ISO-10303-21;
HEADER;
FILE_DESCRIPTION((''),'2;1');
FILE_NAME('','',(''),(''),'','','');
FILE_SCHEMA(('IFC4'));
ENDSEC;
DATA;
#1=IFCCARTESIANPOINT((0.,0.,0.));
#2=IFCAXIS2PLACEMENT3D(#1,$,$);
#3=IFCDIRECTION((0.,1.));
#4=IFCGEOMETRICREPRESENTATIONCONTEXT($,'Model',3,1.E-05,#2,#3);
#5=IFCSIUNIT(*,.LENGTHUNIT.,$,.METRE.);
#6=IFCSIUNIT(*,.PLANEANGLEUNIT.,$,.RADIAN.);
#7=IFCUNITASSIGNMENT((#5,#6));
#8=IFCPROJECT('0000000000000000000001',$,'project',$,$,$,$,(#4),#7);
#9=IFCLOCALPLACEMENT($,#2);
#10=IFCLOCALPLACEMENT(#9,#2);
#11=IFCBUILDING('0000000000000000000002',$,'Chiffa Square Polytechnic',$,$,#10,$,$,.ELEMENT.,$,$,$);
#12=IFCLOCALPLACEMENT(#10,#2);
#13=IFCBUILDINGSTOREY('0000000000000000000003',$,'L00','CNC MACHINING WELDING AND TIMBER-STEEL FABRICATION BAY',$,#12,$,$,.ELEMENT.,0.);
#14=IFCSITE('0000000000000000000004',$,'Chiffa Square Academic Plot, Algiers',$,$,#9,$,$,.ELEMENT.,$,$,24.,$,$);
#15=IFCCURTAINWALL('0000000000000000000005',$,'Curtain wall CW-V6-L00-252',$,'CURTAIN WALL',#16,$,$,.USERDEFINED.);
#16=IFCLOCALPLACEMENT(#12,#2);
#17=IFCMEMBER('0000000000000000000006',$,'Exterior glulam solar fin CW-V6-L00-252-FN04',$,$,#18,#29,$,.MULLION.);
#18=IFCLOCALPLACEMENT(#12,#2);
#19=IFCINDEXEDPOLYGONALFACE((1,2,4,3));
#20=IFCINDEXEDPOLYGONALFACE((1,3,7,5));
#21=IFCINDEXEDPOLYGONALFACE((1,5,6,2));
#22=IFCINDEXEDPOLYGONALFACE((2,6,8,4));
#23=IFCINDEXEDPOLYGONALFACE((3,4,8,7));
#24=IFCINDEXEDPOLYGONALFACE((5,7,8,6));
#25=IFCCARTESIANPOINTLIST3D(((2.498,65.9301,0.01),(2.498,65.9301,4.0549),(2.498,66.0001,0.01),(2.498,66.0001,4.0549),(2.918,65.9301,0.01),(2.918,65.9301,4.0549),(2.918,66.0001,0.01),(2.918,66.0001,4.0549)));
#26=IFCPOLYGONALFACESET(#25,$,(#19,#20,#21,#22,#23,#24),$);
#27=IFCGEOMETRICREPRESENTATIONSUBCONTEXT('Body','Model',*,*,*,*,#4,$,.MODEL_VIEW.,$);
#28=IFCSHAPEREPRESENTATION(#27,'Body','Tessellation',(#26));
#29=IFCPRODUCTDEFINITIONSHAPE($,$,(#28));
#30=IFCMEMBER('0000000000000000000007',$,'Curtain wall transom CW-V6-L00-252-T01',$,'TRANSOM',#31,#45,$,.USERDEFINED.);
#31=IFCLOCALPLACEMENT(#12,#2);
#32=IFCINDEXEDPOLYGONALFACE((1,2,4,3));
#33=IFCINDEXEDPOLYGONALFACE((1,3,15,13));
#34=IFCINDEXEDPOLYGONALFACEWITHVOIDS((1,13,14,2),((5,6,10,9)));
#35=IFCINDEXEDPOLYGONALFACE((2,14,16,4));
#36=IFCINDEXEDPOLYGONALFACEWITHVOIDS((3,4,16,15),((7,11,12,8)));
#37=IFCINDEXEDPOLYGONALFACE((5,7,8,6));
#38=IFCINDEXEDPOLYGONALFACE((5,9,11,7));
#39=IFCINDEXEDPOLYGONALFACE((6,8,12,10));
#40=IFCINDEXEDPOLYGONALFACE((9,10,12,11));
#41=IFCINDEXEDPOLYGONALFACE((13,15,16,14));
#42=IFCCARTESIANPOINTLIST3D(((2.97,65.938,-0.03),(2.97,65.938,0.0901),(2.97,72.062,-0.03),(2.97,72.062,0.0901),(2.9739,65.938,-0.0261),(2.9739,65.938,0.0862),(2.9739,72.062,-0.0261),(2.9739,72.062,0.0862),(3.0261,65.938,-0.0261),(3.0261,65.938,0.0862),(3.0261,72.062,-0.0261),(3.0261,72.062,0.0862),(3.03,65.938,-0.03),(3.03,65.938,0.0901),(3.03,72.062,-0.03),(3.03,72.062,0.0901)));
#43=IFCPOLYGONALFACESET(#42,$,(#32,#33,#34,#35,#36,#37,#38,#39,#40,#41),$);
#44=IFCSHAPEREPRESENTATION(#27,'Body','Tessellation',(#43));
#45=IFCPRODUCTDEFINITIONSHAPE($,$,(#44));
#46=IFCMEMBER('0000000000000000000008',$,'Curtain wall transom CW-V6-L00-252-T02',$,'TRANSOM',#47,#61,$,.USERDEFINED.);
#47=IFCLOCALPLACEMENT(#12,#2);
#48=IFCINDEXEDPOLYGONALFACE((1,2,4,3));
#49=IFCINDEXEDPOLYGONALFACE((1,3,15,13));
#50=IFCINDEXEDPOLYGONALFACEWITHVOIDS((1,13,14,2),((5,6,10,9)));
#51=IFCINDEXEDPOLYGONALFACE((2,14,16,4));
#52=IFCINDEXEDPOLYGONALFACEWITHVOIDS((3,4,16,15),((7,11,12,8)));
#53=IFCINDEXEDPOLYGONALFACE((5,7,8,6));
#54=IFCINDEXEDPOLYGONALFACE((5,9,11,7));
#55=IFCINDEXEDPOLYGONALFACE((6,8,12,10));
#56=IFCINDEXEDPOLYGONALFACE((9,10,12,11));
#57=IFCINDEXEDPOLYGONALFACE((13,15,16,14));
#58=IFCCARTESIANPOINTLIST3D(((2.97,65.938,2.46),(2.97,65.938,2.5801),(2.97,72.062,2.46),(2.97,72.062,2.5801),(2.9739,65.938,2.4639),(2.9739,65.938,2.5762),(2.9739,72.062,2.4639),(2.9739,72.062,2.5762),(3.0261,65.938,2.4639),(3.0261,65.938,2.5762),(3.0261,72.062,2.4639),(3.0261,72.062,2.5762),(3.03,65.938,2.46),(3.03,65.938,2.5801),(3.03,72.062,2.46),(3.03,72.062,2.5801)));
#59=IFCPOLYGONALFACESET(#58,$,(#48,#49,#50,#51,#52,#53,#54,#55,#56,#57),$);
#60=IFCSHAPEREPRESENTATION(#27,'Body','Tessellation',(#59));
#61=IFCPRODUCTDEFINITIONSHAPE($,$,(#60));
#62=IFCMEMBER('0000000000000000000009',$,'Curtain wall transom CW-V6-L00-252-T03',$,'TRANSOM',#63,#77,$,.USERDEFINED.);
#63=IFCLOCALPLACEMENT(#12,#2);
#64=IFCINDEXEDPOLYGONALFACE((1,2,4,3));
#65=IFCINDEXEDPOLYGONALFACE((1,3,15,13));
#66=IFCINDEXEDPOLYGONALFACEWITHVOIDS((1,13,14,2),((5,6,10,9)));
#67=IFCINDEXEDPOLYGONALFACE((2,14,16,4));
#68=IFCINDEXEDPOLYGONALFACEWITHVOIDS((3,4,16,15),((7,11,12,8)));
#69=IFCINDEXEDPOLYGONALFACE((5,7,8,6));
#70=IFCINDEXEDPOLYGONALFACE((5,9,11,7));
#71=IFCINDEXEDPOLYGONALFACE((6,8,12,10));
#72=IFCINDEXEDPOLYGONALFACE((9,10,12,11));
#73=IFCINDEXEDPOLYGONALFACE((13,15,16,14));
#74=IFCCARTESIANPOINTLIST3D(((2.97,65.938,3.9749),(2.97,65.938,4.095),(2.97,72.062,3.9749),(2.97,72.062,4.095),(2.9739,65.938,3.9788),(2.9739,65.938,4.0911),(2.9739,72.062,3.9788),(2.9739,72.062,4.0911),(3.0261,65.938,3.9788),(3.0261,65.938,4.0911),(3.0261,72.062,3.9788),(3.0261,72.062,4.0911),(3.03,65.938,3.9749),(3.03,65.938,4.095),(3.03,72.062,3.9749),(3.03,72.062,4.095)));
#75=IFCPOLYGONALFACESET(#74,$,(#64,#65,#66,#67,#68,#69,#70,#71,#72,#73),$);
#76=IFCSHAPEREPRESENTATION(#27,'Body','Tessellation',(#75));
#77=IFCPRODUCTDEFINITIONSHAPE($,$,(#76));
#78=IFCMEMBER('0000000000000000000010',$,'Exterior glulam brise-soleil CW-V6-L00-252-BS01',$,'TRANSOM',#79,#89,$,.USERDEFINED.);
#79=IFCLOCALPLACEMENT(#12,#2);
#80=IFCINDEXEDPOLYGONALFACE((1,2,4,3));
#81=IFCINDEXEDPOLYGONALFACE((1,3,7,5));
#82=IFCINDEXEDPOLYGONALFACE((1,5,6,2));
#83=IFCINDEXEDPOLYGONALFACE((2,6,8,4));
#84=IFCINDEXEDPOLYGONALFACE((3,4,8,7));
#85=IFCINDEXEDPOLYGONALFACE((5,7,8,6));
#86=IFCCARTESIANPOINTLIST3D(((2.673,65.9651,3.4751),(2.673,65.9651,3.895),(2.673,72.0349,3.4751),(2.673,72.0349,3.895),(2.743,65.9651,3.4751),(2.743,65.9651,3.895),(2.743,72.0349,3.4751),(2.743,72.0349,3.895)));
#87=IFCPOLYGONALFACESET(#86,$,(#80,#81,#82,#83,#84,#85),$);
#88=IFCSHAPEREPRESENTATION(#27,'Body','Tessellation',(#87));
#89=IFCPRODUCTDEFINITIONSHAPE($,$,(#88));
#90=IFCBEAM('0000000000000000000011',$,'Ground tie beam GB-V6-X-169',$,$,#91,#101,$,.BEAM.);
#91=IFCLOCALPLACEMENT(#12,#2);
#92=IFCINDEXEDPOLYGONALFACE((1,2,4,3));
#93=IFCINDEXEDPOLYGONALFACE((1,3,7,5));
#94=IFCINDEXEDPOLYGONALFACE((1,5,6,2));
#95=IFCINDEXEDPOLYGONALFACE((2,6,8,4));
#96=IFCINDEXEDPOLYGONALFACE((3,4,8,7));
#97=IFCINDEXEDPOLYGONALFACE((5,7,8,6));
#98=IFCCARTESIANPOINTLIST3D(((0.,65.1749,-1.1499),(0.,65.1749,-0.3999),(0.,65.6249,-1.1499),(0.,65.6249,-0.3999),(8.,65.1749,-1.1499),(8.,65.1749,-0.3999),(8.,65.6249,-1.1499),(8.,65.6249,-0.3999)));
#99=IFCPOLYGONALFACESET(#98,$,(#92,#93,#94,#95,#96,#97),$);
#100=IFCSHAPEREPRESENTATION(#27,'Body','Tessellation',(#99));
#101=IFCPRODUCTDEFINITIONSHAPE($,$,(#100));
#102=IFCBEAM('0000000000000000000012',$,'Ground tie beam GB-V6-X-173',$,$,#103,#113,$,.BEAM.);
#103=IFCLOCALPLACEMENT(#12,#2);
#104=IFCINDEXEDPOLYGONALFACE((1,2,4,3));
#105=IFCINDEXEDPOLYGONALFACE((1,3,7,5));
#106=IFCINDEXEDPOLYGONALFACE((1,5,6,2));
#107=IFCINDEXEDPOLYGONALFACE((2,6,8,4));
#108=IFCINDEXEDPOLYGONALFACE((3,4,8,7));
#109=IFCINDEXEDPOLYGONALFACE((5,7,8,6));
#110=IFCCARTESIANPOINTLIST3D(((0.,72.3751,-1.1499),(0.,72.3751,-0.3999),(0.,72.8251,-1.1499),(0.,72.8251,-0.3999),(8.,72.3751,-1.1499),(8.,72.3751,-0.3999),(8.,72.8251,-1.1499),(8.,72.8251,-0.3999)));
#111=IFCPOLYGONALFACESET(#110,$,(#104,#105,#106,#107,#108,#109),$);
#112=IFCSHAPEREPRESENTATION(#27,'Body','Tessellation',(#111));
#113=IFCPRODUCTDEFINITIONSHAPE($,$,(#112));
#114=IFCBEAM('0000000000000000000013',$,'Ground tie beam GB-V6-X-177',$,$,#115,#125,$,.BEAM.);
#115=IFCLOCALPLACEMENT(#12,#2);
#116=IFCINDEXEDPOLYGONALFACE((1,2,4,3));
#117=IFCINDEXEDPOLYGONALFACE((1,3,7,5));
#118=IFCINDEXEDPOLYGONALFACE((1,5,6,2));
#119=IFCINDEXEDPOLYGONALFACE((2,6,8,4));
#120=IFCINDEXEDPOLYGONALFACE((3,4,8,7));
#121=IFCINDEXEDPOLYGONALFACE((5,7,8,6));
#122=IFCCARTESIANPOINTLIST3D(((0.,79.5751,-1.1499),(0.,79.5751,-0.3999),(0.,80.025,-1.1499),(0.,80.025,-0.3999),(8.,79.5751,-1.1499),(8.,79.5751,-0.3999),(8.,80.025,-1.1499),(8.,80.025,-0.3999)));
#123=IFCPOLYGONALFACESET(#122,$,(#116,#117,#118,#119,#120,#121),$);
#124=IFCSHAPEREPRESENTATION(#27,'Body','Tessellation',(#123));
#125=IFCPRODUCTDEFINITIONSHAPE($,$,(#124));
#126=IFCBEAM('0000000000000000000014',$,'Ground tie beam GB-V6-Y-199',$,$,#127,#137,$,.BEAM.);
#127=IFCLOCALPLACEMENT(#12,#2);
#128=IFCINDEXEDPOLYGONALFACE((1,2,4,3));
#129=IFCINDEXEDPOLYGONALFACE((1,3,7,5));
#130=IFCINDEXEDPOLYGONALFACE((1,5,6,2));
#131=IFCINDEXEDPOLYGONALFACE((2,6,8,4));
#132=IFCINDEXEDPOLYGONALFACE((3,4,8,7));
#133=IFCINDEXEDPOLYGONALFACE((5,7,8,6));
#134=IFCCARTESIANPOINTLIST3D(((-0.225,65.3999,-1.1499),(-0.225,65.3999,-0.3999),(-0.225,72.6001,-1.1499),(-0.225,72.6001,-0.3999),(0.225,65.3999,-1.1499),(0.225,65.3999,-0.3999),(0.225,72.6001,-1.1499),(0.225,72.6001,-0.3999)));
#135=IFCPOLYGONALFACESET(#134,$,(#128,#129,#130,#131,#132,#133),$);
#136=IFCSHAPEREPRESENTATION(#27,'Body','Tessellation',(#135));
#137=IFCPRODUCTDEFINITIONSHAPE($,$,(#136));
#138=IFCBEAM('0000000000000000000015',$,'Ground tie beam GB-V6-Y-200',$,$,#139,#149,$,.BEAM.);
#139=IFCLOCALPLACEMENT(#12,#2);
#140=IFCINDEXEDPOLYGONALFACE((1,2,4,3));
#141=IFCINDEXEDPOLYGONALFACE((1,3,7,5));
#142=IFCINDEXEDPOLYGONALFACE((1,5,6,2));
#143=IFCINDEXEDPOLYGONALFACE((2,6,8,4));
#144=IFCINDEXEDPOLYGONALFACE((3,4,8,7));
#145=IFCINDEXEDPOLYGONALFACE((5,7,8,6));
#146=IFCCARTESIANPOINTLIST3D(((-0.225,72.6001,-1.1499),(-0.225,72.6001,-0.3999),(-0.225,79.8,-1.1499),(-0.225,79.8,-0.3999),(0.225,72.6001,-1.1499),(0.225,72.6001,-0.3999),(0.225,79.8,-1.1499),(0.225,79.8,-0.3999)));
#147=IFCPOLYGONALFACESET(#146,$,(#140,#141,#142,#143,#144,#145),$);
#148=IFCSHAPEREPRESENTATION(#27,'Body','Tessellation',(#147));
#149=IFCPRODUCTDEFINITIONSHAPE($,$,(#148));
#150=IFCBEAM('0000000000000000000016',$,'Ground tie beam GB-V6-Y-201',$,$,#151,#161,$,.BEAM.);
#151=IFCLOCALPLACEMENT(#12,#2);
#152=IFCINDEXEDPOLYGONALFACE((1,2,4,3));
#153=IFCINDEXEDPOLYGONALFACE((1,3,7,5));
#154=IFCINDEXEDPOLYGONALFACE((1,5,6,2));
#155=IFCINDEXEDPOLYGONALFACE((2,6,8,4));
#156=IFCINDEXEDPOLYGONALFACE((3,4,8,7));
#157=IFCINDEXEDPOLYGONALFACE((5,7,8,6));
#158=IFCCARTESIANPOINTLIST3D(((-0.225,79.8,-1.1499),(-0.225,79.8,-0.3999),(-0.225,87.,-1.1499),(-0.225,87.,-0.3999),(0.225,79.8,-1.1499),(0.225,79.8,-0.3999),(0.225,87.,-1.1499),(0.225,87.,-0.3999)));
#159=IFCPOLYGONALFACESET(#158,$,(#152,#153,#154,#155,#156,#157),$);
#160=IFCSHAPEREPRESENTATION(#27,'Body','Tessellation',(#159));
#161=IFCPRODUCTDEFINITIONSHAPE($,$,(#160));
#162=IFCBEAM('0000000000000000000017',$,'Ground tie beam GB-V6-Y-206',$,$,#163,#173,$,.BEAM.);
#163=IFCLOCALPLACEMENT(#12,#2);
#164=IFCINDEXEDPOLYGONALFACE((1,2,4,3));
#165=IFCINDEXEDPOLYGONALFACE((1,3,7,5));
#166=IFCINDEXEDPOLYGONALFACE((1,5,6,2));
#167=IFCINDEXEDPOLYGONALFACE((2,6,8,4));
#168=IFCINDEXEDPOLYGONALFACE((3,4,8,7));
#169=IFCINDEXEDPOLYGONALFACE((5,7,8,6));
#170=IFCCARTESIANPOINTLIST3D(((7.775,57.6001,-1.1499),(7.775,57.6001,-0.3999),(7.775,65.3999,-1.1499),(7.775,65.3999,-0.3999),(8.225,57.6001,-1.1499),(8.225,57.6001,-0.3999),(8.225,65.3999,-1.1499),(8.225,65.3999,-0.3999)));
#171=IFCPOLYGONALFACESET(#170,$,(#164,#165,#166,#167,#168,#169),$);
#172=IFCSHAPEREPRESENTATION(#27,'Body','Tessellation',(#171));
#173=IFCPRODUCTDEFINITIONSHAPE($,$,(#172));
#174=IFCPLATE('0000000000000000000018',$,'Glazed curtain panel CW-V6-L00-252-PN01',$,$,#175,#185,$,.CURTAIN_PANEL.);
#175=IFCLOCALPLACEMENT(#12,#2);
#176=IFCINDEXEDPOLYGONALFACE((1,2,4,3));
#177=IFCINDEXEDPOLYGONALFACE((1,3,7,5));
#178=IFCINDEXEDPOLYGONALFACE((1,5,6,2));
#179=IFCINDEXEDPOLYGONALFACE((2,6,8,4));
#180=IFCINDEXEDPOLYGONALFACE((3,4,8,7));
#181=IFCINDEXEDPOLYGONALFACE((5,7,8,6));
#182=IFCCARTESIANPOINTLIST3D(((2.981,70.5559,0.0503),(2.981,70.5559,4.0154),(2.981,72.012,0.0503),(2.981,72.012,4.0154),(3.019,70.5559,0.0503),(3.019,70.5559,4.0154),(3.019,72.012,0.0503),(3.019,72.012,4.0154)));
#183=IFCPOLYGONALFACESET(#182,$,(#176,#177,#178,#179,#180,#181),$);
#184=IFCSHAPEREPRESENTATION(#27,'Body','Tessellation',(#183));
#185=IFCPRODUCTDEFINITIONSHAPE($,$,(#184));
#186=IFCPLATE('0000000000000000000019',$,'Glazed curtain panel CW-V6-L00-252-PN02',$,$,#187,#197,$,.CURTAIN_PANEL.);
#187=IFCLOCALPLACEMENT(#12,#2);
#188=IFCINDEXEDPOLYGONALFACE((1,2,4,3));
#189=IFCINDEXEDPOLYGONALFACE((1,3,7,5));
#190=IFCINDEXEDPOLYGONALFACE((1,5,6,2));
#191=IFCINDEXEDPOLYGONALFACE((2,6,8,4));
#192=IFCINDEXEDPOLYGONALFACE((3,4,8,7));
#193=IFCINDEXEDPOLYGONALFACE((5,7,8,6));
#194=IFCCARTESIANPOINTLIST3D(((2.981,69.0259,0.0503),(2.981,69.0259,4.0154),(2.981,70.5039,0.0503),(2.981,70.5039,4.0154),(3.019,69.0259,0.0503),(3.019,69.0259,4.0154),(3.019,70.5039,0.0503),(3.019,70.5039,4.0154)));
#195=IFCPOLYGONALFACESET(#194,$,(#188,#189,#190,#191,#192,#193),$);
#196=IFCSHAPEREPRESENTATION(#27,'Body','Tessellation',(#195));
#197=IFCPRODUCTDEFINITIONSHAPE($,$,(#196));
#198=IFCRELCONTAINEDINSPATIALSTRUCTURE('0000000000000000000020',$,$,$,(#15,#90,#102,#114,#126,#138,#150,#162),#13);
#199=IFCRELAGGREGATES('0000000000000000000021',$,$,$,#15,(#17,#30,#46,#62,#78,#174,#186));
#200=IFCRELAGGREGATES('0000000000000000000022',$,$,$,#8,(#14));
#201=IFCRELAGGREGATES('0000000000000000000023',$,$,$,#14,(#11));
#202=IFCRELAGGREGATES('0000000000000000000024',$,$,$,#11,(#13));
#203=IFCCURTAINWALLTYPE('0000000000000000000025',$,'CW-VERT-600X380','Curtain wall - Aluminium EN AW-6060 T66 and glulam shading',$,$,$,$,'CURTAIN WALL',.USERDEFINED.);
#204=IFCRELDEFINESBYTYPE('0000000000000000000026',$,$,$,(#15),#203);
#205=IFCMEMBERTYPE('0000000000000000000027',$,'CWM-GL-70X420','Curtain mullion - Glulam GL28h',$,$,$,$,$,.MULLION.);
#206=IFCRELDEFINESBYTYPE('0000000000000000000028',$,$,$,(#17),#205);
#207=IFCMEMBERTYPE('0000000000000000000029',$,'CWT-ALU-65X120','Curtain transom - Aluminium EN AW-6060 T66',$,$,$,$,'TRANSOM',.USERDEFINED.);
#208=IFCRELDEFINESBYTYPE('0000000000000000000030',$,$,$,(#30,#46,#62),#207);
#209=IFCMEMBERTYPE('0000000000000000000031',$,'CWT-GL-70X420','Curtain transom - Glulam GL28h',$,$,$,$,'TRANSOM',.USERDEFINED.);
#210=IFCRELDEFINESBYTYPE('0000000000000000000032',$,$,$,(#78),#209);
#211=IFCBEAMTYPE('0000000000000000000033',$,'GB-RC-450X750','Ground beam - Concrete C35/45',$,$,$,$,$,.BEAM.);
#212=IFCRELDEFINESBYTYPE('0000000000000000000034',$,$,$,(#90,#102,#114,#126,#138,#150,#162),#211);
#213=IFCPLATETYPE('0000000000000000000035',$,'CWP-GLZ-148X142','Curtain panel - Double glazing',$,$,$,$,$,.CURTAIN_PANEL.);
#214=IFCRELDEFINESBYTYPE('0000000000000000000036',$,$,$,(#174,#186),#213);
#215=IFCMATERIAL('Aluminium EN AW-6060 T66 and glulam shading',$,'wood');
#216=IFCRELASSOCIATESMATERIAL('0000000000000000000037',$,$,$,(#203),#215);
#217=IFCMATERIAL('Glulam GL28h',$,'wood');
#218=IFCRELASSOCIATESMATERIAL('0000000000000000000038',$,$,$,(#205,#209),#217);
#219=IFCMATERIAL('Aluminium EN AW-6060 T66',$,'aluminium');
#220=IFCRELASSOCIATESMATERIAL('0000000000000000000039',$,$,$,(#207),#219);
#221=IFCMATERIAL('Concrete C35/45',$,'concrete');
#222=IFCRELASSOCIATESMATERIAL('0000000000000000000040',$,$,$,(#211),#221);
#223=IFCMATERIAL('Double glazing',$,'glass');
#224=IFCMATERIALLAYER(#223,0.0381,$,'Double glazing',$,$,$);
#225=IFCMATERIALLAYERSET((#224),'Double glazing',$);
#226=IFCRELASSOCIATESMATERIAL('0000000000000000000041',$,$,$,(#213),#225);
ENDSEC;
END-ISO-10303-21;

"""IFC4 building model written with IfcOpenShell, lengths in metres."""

from ifc_helpers import new_model, si_unit, direction, frame, origin, origin_2d, place, context, subcontext, project, spatial, rectangle, hollow_rectangle, extrude, material, layer, layer_set, material_profile, profile_set, type_object, element, aggregate, save


model = new_model("IFC4")

# Units and contexts
model_context = context("Model", 3, precision=1e-05, world=origin(), true_north=direction((0.0, 1.0)))
body_context = subcontext(model_context, "Body", "Model", "MODEL_VIEW")
ifc_project = project(units=[si_unit("LENGTHUNIT", "METRE"), si_unit("PLANEANGLEUNIT", "RADIAN")], contexts=[model_context])

# Site, building, storey
site_placement = place(None, origin())
site = spatial("IfcSite", under=ifc_project, at=site_placement, Name="Chiffa Square Academic Plot, Algiers", CompositionType="ELEMENT", RefElevation=24.0)
building_placement = place(site_placement, origin())
building = spatial("IfcBuilding", under=site, at=building_placement, Name="Chiffa Square Polytechnic", CompositionType="ELEMENT")
storey_placement = place(building_placement, origin())
storey = spatial("IfcBuildingStorey", under=building, at=storey_placement, Name="L00", Description="CNC MACHINING WELDING AND TIMBER-STEEL FABRICATION BAY", CompositionType="ELEMENT", Elevation=0.0)

# Curtain wall
ifc_material_1 = material(Name="Aluminium EN AW-6060 T66 and glulam shading", Category="wood")
curtain_wall_type_1 = type_object("IfcCurtainWallType", Name="CW-VERT-600X380", Description="Curtain wall - Aluminium EN AW-6060 T66 and glulam shading", ElementType="CURTAIN WALL", PredefinedType="USERDEFINED", material=ifc_material_1)
curtain_wall_1_placement = place(storey_placement, origin())
curtain_wall_1 = element("IfcCurtainWall", 1, at=curtain_wall_1_placement, inside=storey, type_object=curtain_wall_type_1, Name="Curtain wall CW-V6-L00-252", ObjectType="CURTAIN WALL", PredefinedType="USERDEFINED")
ifc_material_2 = material(Name="Aluminium EN AW-6060 T66", Category="aluminium")

# Shared definitions
ifc_material_3 = material(Name="Glulam GL28h", Category="wood")
ifc_material_profile_1 = material_profile(ifc_material_3, rectangle(XDim=0.0701, YDim=0.4199, at=origin_2d()), Name="GL28h 70x420")
ifc_profile_set_1 = profile_set([ifc_material_profile_1], Name="Glulam GL28h")
member_type_1 = type_object("IfcMemberType", Name="CWM-GL-70X420", Description="Curtain mullion - Glulam GL28h", PredefinedType="MULLION", material=ifc_profile_set_1)

# Members
member_1_placement = place(storey_placement, frame((2.708, 65.9651, 0.01), z_axis=(0.0, 0.0, 1.0), x_axis=(0.0, -1.0, 0.0)))
member_1 = element("IfcMember", 2, at=member_1_placement, type_object=member_type_1, Name="Exterior glulam solar fin CW-V6-L00-252-FN04", PredefinedType="MULLION", context=body_context, shape_type="SweptSolid", body=[
    extrude(rectangle(XDim=0.0701, YDim=0.4199, at=origin_2d()), origin(), (0.0, 0.0, 1.0), 4.0449),
])
ifc_material_profile_2 = material_profile(ifc_material_2, hollow_rectangle(XDim=0.0601, YDim=0.1201, WallThickness=0.0039, at=origin_2d()), Name="ALU 60x120x4")
ifc_profile_set_2 = profile_set([ifc_material_profile_2], Name="Aluminium EN AW-6060 T66")
member_type_2 = type_object("IfcMemberType", Name="CWT-ALU-65X120", Description="Curtain transom - Aluminium EN AW-6060 T66", ElementType="TRANSOM", PredefinedType="USERDEFINED", material=ifc_profile_set_2)
member_2_placement = place(storey_placement, frame((3.0, 72.062, 0.03), z_axis=(0.0, -1.0, 0.0), x_axis=(1.0, 0.0, 0.0)))
member_2 = element("IfcMember", 3, at=member_2_placement, type_object=member_type_2, Name="Curtain wall transom CW-V6-L00-252-T01", ObjectType="TRANSOM", PredefinedType="USERDEFINED", context=body_context, shape_type="SweptSolid", body=[
    extrude(hollow_rectangle(XDim=0.0601, YDim=0.1201, WallThickness=0.0039, at=origin_2d()), origin(), (0.0, 0.0, 1.0), 6.124),
])
member_3_placement = place(storey_placement, frame((3.0, 72.062, 2.52), z_axis=(0.0, -1.0, 0.0), x_axis=(1.0, 0.0, 0.0)))
member_3 = element("IfcMember", 4, at=member_3_placement, type_object=member_type_2, Name="Curtain wall transom CW-V6-L00-252-T02", ObjectType="TRANSOM", PredefinedType="USERDEFINED", context=body_context, shape_type="SweptSolid", body=[
    extrude(hollow_rectangle(XDim=0.0601, YDim=0.1201, WallThickness=0.0039, at=origin_2d()), origin(), (0.0, 0.0, 1.0), 6.124),
])
member_4_placement = place(storey_placement, frame((3.0, 72.062, 4.0349), z_axis=(0.0, -1.0, 0.0), x_axis=(1.0, 0.0, 0.0)))
member_4 = element("IfcMember", 5, at=member_4_placement, type_object=member_type_2, Name="Curtain wall transom CW-V6-L00-252-T03", ObjectType="TRANSOM", PredefinedType="USERDEFINED", context=body_context, shape_type="SweptSolid", body=[
    extrude(hollow_rectangle(XDim=0.0601, YDim=0.1201, WallThickness=0.0039, at=origin_2d()), origin(), (0.0, 0.0, 1.0), 6.124),
])
ifc_material_profile_3 = material_profile(ifc_material_3, rectangle(XDim=0.0701, YDim=0.4199, at=origin_2d()), Name="GL28h 70x420")
ifc_profile_set_3 = profile_set([ifc_material_profile_3], Name="Glulam GL28h")
member_type_3 = type_object("IfcMemberType", Name="CWT-GL-70X420", Description="Curtain transom - Glulam GL28h", ElementType="TRANSOM", PredefinedType="USERDEFINED", material=ifc_profile_set_3)
member_5_placement = place(storey_placement, frame((2.708, 72.0349, 3.6851), z_axis=(0.0, -1.0, 0.0), x_axis=(1.0, 0.0, 0.0)))
member_5 = element("IfcMember", 6, at=member_5_placement, type_object=member_type_3, Name="Exterior glulam brise-soleil CW-V6-L00-252-BS01", ObjectType="TRANSOM", PredefinedType="USERDEFINED", context=body_context, shape_type="SweptSolid", body=[
    extrude(rectangle(XDim=0.0701, YDim=0.4199, at=origin_2d()), origin(), (0.0, 0.0, 1.0), 6.0698),
])

# Beams
ifc_material_4 = material(Name="Concrete C35/45", Category="concrete")
ifc_material_profile_4 = material_profile(ifc_material_4, rectangle(XDim=0.45, YDim=0.75, at=origin_2d()), Name="RC 450x750")
ifc_profile_set_4 = profile_set([ifc_material_profile_4], Name="Concrete C35/45")
beam_type = type_object("IfcBeamType", Name="GB-RC-450X750", Description="Ground beam - Concrete C35/45", PredefinedType="BEAM", material=ifc_profile_set_4)
for number, where, z_axis, x_axis, name in (
    (7, (0.0, 65.3999, -0.7749), (1.0, 0.0, 0.0), (0.0, 1.0, 0.0), "Ground tie beam GB-V6-X-169"),
    (8, (0.0, 72.6001, -0.7749), (1.0, 0.0, 0.0), (0.0, 1.0, 0.0), "Ground tie beam GB-V6-X-173"),
    (9, (0.0, 79.8, -0.7749), (1.0, 0.0, 0.0), (0.0, 1.0, 0.0), "Ground tie beam GB-V6-X-177"),
):
    element("IfcBeam", number, at=place(storey_placement, frame(where, z_axis=z_axis, x_axis=x_axis)), inside=storey, type_object=beam_type, Name=name, PredefinedType="BEAM", context=body_context, shape_type="SweptSolid", body=[
        extrude(rectangle(XDim=0.45, YDim=0.75, at=origin_2d()), origin(), (0.0, 0.0, 1.0), 8.0),
    ])
beam_1_placement = place(storey_placement, frame((0.0, 65.3999, -0.7749), z_axis=(0.0, 1.0, 0.0), x_axis=(-1.0, 0.0, 0.0)))
element("IfcBeam", 10, at=beam_1_placement, inside=storey, type_object=beam_type, Name="Ground tie beam GB-V6-Y-199", PredefinedType="BEAM", context=body_context, shape_type="SweptSolid", body=[
    extrude(rectangle(XDim=0.45, YDim=0.75, at=origin_2d()), origin(), (0.0, 0.0, 1.0), 7.2002),
])
for number, where, z_axis, x_axis, name in (
    (11, (0.0, 72.6001, -0.7749), (0.0, 1.0, 0.0), (-1.0, 0.0, 0.0), "Ground tie beam GB-V6-Y-200"),
    (12, (0.0, 79.8, -0.7749), (0.0, 1.0, 0.0), (-1.0, 0.0, 0.0), "Ground tie beam GB-V6-Y-201"),
):
    element("IfcBeam", number, at=place(storey_placement, frame(where, z_axis=z_axis, x_axis=x_axis)), inside=storey, type_object=beam_type, Name=name, PredefinedType="BEAM", context=body_context, shape_type="SweptSolid", body=[
        extrude(rectangle(XDim=0.45, YDim=0.75, at=origin_2d()), origin(), (0.0, 0.0, 1.0), 7.2),
    ])
beam_2_placement = place(storey_placement, frame((8.0, 57.6001, -0.7749), z_axis=(0.0, 1.0, 0.0), x_axis=(-1.0, 0.0, 0.0)))
element("IfcBeam", 13, at=beam_2_placement, inside=storey, type_object=beam_type, Name="Ground tie beam GB-V6-Y-206", PredefinedType="BEAM", context=body_context, shape_type="SweptSolid", body=[
    extrude(rectangle(XDim=0.45, YDim=0.75, at=origin_2d()), origin(), (0.0, 0.0, 1.0), 7.7998),
])

# Plates
ifc_material_5 = material(Name="Double glazing", Category="glass")
ifc_layer_1 = layer(ifc_material_5, 0.0381, Name="Double glazing")
ifc_layer_set_1 = layer_set([ifc_layer_1], Name="Double glazing")
plate_type = type_object("IfcPlateType", Name="CWP-GLZ-148X142", Description="Curtain panel - Double glazing", PredefinedType="CURTAIN_PANEL", material=ifc_layer_set_1)
plate_1_placement = place(storey_placement, frame((3.0, 71.2839, 0.0503), z_axis=(0.0, 0.0, 1.0), x_axis=(0.0, -1.0, 0.0)))
plate_1 = element("IfcPlate", 14, at=plate_1_placement, type_object=plate_type, Name="Glazed curtain panel CW-V6-L00-252-PN01", PredefinedType="CURTAIN_PANEL", context=body_context, shape_type="SweptSolid", body=[
    extrude(rectangle(XDim=1.4561, YDim=0.0381, at=origin_2d()), origin(), (0.0, 0.0, 1.0), 3.9651),
])
plate_2_placement = place(storey_placement, frame((3.0, 69.7649, 0.0503), z_axis=(0.0, 0.0, 1.0), x_axis=(0.0, -1.0, 0.0)))
plate_2 = element("IfcPlate", 15, at=plate_2_placement, type_object=plate_type, Name="Glazed curtain panel CW-V6-L00-252-PN02", PredefinedType="CURTAIN_PANEL", context=body_context, shape_type="SweptSolid", body=[
    extrude(rectangle(XDim=1.478, YDim=0.0381, at=origin_2d()), origin(), (0.0, 0.0, 1.0), 3.9651),
])
aggregate(curtain_wall_1, [member_1, member_2, member_3, member_4, member_5, plate_1, plate_2])

save(model, "model.ifc")
